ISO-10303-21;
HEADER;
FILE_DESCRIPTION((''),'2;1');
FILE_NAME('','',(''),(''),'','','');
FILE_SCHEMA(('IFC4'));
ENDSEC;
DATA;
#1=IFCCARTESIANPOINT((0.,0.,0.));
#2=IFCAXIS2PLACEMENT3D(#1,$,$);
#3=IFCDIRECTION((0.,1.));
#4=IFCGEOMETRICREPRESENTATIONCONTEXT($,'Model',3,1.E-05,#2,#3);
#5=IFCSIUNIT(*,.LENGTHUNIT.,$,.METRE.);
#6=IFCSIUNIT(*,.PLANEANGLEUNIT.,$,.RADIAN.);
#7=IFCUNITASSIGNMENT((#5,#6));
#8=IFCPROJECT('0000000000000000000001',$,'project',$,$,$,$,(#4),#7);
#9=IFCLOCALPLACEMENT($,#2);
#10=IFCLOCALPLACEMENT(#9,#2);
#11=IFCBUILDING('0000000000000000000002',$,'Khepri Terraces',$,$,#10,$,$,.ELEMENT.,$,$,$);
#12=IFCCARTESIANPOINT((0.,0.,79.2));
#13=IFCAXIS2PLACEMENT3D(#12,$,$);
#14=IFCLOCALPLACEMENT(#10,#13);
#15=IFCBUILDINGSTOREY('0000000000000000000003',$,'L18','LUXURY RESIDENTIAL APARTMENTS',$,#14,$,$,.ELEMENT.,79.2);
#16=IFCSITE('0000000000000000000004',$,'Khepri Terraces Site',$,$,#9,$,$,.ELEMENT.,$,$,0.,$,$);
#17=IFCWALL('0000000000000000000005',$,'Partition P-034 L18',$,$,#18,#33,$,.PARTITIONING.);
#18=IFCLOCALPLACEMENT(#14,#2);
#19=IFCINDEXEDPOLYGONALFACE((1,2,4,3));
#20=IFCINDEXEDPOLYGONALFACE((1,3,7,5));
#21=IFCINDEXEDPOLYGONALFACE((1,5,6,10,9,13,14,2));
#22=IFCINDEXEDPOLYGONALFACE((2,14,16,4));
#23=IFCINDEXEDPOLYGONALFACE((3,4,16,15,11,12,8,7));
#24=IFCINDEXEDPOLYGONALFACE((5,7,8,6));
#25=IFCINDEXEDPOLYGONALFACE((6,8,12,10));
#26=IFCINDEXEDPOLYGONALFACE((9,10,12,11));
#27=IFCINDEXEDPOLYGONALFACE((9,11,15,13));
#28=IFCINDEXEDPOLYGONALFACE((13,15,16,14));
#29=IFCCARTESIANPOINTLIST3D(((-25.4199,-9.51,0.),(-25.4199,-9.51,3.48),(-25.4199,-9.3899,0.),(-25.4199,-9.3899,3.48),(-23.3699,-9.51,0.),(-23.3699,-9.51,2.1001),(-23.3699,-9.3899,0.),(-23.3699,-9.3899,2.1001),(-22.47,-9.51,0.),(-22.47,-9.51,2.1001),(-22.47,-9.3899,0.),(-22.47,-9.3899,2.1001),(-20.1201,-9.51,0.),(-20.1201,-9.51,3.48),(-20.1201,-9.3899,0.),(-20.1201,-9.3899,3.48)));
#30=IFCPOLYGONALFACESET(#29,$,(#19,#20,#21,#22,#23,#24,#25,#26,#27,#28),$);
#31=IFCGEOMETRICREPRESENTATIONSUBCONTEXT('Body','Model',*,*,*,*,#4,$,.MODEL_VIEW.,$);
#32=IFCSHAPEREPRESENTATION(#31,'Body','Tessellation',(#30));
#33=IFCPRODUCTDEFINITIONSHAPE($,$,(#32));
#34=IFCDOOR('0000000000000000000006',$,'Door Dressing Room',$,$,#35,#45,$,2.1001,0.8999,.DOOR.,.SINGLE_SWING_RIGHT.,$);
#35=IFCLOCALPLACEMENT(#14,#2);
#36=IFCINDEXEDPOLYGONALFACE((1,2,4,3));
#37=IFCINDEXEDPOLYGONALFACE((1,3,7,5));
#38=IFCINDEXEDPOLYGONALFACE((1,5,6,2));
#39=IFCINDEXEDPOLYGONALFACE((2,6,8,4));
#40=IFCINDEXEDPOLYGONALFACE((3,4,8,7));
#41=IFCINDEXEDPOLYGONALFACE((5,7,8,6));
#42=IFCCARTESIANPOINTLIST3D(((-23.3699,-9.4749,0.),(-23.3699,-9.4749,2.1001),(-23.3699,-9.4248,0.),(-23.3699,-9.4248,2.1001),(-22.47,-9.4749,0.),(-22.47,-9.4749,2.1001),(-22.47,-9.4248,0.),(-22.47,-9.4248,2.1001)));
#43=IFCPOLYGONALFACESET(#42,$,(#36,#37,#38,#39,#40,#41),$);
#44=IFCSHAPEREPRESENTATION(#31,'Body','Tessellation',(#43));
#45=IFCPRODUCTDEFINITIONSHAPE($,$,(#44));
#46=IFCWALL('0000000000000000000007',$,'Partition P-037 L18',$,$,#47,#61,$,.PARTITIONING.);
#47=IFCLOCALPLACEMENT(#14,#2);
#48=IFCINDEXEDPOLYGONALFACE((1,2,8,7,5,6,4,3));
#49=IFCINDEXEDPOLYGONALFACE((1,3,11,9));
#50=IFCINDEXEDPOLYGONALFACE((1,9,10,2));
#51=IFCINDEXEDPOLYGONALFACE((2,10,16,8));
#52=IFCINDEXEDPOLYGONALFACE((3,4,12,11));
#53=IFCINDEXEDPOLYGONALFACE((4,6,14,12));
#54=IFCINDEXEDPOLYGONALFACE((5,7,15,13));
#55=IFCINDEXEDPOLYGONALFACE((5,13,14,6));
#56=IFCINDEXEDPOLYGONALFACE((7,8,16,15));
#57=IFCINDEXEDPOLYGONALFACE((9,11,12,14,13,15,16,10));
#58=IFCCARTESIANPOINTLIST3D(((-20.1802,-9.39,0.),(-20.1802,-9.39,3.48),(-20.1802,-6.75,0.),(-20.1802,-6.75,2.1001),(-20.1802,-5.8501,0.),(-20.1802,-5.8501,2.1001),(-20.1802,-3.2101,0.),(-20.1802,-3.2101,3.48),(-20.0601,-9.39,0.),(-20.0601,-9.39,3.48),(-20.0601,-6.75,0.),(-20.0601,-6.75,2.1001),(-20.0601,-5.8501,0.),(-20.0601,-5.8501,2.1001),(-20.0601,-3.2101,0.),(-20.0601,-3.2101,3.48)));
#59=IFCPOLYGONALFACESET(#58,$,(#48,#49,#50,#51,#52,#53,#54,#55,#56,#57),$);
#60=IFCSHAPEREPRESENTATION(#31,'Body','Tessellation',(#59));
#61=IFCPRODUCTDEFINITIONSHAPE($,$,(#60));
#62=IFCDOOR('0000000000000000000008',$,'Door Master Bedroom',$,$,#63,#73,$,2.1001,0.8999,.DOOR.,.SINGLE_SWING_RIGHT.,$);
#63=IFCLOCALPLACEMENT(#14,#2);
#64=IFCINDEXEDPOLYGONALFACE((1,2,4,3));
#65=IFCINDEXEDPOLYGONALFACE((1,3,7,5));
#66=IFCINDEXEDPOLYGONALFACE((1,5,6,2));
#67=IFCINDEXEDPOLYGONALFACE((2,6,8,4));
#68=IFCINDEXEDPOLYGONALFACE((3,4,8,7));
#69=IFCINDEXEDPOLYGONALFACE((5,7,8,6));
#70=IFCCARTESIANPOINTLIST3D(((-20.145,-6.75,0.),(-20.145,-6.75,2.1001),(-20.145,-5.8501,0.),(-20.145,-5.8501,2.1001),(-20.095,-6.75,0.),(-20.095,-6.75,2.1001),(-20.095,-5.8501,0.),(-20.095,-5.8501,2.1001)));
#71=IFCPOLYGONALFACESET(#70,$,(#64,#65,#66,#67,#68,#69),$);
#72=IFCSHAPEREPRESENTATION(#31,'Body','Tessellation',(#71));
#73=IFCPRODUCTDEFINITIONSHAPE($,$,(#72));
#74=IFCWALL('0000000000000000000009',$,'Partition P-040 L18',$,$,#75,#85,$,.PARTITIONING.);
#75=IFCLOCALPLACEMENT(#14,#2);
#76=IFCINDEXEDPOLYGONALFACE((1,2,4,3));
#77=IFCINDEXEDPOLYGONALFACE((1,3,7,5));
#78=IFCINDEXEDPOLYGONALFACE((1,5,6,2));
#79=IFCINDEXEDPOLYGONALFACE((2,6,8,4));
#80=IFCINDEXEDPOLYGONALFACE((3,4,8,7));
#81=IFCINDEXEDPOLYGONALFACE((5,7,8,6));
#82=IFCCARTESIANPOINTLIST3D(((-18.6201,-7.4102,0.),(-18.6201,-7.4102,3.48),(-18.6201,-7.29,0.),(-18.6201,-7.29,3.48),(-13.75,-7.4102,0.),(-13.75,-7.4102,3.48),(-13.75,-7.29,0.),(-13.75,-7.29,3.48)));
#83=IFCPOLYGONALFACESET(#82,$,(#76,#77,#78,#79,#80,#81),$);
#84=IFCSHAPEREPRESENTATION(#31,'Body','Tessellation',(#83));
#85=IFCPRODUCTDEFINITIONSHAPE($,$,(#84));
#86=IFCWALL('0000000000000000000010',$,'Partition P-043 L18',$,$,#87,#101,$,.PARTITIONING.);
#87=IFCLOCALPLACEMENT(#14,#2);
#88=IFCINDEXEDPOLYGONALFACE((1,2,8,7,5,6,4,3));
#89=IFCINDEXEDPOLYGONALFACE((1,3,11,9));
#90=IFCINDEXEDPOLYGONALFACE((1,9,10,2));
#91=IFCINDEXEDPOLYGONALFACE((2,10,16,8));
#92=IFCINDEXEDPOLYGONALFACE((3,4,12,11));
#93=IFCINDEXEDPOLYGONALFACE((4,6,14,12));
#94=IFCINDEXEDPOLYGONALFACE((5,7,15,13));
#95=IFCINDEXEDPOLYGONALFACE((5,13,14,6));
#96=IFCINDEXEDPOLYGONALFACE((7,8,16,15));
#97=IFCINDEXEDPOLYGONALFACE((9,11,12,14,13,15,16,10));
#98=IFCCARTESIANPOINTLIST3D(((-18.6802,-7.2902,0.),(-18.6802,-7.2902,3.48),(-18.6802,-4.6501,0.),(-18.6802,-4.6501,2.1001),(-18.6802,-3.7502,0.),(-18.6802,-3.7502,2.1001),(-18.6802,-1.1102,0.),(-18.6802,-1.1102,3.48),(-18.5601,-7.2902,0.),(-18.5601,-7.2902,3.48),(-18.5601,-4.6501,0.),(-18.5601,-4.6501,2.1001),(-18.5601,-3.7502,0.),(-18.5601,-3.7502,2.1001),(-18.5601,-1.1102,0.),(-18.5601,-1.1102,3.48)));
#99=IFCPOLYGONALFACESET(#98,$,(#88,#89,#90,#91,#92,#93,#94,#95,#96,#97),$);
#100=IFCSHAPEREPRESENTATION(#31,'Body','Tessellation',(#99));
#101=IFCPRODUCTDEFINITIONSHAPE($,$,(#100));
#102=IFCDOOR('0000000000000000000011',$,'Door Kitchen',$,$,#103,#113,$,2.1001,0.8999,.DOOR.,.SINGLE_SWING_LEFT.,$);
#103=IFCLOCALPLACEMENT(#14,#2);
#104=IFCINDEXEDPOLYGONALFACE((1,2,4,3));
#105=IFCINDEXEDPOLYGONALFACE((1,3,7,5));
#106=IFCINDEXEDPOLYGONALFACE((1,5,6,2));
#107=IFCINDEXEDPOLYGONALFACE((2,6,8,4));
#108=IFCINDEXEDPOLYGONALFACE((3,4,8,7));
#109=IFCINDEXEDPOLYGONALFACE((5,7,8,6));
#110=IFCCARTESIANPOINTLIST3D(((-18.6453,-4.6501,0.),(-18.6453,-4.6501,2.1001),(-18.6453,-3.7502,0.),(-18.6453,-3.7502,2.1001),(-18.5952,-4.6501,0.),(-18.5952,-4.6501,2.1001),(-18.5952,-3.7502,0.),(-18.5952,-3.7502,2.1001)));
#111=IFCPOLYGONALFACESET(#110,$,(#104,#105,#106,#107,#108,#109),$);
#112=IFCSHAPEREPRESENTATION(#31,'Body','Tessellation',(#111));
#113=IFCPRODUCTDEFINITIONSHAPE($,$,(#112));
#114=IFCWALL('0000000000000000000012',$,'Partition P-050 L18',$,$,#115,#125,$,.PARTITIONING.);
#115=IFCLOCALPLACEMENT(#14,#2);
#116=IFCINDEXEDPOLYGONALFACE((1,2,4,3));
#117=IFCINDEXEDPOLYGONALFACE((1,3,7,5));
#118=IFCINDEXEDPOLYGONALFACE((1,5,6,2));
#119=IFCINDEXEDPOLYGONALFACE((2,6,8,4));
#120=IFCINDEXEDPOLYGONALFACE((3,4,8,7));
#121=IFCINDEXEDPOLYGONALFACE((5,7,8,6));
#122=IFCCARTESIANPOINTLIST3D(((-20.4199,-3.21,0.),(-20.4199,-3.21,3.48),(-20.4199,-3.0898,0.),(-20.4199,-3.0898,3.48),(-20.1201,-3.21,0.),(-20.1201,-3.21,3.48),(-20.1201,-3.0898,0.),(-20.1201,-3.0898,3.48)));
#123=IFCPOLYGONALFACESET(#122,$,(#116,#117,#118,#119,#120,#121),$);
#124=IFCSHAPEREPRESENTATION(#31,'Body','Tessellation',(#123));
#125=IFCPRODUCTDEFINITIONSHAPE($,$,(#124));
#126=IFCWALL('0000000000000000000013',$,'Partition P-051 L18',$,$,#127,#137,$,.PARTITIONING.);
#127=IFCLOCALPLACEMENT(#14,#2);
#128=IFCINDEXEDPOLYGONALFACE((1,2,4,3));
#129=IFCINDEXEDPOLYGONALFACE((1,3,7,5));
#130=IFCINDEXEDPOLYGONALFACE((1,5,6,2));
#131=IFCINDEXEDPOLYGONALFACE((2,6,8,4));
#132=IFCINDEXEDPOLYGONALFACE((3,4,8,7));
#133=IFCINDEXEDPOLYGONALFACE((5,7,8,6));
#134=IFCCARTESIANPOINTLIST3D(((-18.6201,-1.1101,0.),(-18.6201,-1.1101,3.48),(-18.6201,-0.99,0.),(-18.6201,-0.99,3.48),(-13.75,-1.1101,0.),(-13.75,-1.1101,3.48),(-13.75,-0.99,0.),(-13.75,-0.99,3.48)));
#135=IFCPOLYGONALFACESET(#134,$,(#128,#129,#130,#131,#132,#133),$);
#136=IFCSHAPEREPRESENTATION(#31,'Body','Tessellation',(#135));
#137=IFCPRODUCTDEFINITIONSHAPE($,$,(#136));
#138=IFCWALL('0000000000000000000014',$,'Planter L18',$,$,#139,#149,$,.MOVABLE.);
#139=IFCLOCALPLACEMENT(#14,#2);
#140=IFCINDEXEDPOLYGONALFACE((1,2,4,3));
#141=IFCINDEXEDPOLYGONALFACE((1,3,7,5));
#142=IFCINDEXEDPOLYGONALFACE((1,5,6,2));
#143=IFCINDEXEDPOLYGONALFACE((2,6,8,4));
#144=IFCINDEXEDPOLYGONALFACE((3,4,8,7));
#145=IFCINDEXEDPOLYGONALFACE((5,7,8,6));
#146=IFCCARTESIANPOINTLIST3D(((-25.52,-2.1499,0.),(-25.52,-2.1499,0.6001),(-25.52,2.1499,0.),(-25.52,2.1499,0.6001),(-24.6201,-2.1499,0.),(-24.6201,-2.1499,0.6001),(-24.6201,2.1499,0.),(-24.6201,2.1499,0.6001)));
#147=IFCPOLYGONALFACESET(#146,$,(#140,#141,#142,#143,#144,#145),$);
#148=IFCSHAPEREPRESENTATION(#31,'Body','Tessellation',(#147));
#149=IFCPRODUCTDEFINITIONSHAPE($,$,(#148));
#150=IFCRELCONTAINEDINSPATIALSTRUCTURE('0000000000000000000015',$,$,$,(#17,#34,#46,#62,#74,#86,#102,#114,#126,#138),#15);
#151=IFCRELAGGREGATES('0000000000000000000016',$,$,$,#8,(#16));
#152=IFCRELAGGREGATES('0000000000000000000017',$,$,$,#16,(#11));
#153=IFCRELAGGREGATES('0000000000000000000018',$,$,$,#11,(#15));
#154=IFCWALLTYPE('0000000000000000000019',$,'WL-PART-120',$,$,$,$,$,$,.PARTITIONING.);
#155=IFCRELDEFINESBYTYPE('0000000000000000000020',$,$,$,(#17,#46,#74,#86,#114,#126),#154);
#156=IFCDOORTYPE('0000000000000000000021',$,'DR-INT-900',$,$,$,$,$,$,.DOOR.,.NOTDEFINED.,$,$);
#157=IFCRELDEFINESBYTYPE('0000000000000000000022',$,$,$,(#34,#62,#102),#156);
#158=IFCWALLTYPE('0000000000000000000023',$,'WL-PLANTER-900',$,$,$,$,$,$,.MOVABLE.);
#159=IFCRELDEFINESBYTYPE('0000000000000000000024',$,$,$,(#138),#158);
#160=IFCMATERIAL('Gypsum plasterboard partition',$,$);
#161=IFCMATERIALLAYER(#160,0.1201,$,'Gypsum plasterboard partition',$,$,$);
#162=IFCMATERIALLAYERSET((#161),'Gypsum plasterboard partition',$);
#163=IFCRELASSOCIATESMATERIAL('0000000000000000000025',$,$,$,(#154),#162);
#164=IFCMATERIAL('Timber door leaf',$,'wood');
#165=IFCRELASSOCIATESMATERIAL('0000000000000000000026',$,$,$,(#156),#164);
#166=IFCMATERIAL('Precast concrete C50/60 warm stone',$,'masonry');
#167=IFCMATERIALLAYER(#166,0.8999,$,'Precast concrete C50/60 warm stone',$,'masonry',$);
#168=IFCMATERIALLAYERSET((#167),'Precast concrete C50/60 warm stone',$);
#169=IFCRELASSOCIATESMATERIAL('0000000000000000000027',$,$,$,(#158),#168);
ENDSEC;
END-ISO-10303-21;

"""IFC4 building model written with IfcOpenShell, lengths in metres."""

from ifc_helpers import new_model, si_unit, direction, frame, frame_2d, origin, place, context, subcontext, project, spatial, rectangle, extrude, material, layer, layer_set, type_object, element, fill, save


model = new_model("IFC4")

# Units and contexts
model_context = context("Model", 3, precision=1e-05, world=origin(), true_north=direction((0.0, 1.0)))
body_context = subcontext(model_context, "Body", "Model", "MODEL_VIEW")
ifc_project = project(units=[si_unit("LENGTHUNIT", "METRE"), si_unit("PLANEANGLEUNIT", "RADIAN")], contexts=[model_context])

# Site, building, storey
site_placement = place(None, origin())
site = spatial("IfcSite", under=ifc_project, at=site_placement, Name="Khepri Terraces Site", CompositionType="ELEMENT", RefElevation=0.0)
building_placement = place(site_placement, origin())
building = spatial("IfcBuilding", under=site, at=building_placement, Name="Khepri Terraces", CompositionType="ELEMENT")
storey_placement = place(building_placement, frame((0.0, 0.0, 79.2)))
storey = spatial("IfcBuildingStorey", under=building, at=storey_placement, Name="L18", Description="LUXURY RESIDENTIAL APARTMENTS", CompositionType="ELEMENT", Elevation=79.2)

# Shared definitions
ifc_material_1 = material(Name="Precast concrete C50/60 warm stone", Category="masonry")

# Shared definitions
ifc_material_2 = material(Name="Gypsum plasterboard partition")
ifc_layer_1 = layer(ifc_material_2, 0.1201, Name="Gypsum plasterboard partition")
ifc_layer_set_1 = layer_set([ifc_layer_1], Name="Gypsum plasterboard partition")
wall_type_1 = type_object("IfcWallType", Name="WL-PART-120", PredefinedType="PARTITIONING", material=ifc_layer_set_1)

# Walls, openings, doors
wall_1_placement = place(storey_placement, frame((-25.4199, -9.45, 0.0), z_axis=(0.0, 0.0, 1.0), x_axis=(1.0, 0.0, 0.0)))
wall_1 = element("IfcWall", 1, at=wall_1_placement, inside=storey, type_object=wall_type_1, Name="Partition P-034 L18", PredefinedType="PARTITIONING", context=body_context, shape_type="SweptSolid", body=[
    extrude(rectangle(XDim=5.2998, YDim=0.1201, at=frame_2d((2.6499, 0.0))), origin(), (0.0, 0.0, 1.0), 3.48),
])
opening_1_placement = place(wall_1_placement, frame((2.05, 0.0, 0.0)))
opening_1 = element("IfcOpeningElement", 2, at=opening_1_placement, cuts=wall_1, PredefinedType="OPENING", context=body_context, shape_type="SweptSolid", body=[
    extrude(rectangle(XDim=0.8999, YDim=2.1001, at=frame_2d((0.45, 1.05))), frame((0.0, 0.0701, 0.0), z_axis=(0.0, -1.0, 0.0), x_axis=(1.0, 0.0, 0.0)), (0.0, 0.0, 1.0), 0.1401),
])
ifc_material_3 = material(Name="Timber door leaf", Category="wood")
door_type_1 = type_object("IfcDoorType", Name="DR-INT-900", OperationType="NOTDEFINED", PredefinedType="DOOR", material=ifc_material_3)
door_1_placement = place(opening_1_placement, frame((0.8999, 0.0, 0.0), z_axis=(0.0, 0.0, 1.0), x_axis=(-1.0, 0.0, 0.0)))
door_1 = element("IfcDoor", 3, at=door_1_placement, inside=storey, type_object=door_type_1, Name="Door Dressing Room", OperationType="SINGLE_SWING_RIGHT", OverallHeight=2.1001, OverallWidth=0.8999, PredefinedType="DOOR", context=body_context, shape_type="SweptSolid", body=[
    extrude(rectangle(XDim=0.8999, YDim=2.1001, at=frame_2d((0.45, 1.05))), frame((0.0, 0.0249, 0.0), z_axis=(0.0, -1.0, 0.0), x_axis=(1.0, 0.0, 0.0)), (0.0, 0.0, 1.0), 0.05),
])
fill(opening_1, door_1)
wall_2_placement = place(storey_placement, frame((-20.1201, -9.3899, 0.0), z_axis=(0.0, 0.0, 1.0), x_axis=(0.0, 1.0, 0.0)))
wall_2 = element("IfcWall", 4, at=wall_2_placement, inside=storey, type_object=wall_type_1, Name="Partition P-037 L18", PredefinedType="PARTITIONING", context=body_context, shape_type="SweptSolid", body=[
    extrude(rectangle(XDim=6.1799, YDim=0.1201, at=frame_2d((3.0898, 0.0))), origin(), (0.0, 0.0, 1.0), 3.48),
])
opening_2_placement = place(wall_2_placement, frame((2.6399, 0.0, 0.0)))
opening_2 = element("IfcOpeningElement", 5, at=opening_2_placement, cuts=wall_2, PredefinedType="OPENING", context=body_context, shape_type="SweptSolid", body=[
    extrude(rectangle(XDim=0.8999, YDim=2.1001, at=frame_2d((0.45, 1.05))), frame((0.0, 0.0701, 0.0), z_axis=(0.0, -1.0, 0.0), x_axis=(1.0, 0.0, 0.0)), (0.0, 0.0, 1.0), 0.1401),
])
door_2_placement = place(opening_2_placement, origin())
door_2 = element("IfcDoor", 6, at=door_2_placement, inside=storey, type_object=door_type_1, Name="Door Master Bedroom", OperationType="SINGLE_SWING_RIGHT", OverallHeight=2.1001, OverallWidth=0.8999, PredefinedType="DOOR", context=body_context, shape_type="SweptSolid", body=[
    extrude(rectangle(XDim=0.8999, YDim=2.1001, at=frame_2d((0.45, 1.05))), frame((0.0, 0.0249, 0.0), z_axis=(0.0, -1.0, 0.0), x_axis=(1.0, 0.0, 0.0)), (0.0, 0.0, 1.0), 0.05),
])
fill(opening_2, door_2)

# Wall
wall_3_placement = place(storey_placement, frame((-18.6201, -7.3501, 0.0), z_axis=(0.0, 0.0, 1.0), x_axis=(1.0, 0.0, 0.0)))
element("IfcWall", 7, at=wall_3_placement, inside=storey, type_object=wall_type_1, Name="Partition P-040 L18", PredefinedType="PARTITIONING", context=body_context, shape_type="SweptSolid", body=[
    extrude(rectangle(XDim=4.8701, YDim=0.1201, at=frame_2d((2.4351, 0.0))), origin(), (0.0, 0.0, 1.0), 3.48),
])

# Wall, opening, door
wall_4_placement = place(storey_placement, frame((-18.6201, -7.29, 0.0), z_axis=(0.0, 0.0, 1.0), x_axis=(0.0, 1.0, 0.0)))
wall_4 = element("IfcWall", 8, at=wall_4_placement, inside=storey, type_object=wall_type_1, Name="Partition P-043 L18", PredefinedType="PARTITIONING", context=body_context, shape_type="SweptSolid", body=[
    extrude(rectangle(XDim=6.1799, YDim=0.1201, at=frame_2d((3.0898, 0.0))), origin(), (0.0, 0.0, 1.0), 3.48),
])
opening_3_placement = place(wall_4_placement, frame((2.6399, 0.0, 0.0)))
opening_3 = element("IfcOpeningElement", 9, at=opening_3_placement, cuts=wall_4, PredefinedType="OPENING", context=body_context, shape_type="SweptSolid", body=[
    extrude(rectangle(XDim=0.8999, YDim=2.1001, at=frame_2d((0.45, 1.05))), frame((0.0, 0.0701, 0.0), z_axis=(0.0, -1.0, 0.0), x_axis=(1.0, 0.0, 0.0)), (0.0, 0.0, 1.0), 0.1401),
])
door_3_placement = place(opening_3_placement, frame((0.8999, 0.0, 0.0), z_axis=(0.0, 0.0, 1.0), x_axis=(-1.0, 0.0, 0.0)))
door_3 = element("IfcDoor", 10, at=door_3_placement, inside=storey, type_object=door_type_1, Name="Door Kitchen", OperationType="SINGLE_SWING_LEFT", OverallHeight=2.1001, OverallWidth=0.8999, PredefinedType="DOOR", context=body_context, shape_type="SweptSolid", body=[
    extrude(rectangle(XDim=0.8999, YDim=2.1001, at=frame_2d((0.45, 1.05))), frame((0.0, 0.0249, 0.0), z_axis=(0.0, -1.0, 0.0), x_axis=(1.0, 0.0, 0.0)), (0.0, 0.0, 1.0), 0.05),
])
fill(opening_3, door_3)

# Walls
wall_5_placement = place(storey_placement, frame((-20.4199, -3.1499, 0.0), z_axis=(0.0, 0.0, 1.0), x_axis=(1.0, 0.0, 0.0)))
element("IfcWall", 11, at=wall_5_placement, inside=storey, type_object=wall_type_1, Name="Partition P-050 L18", PredefinedType="PARTITIONING", context=body_context, shape_type="SweptSolid", body=[
    extrude(rectangle(XDim=0.2998, YDim=0.1201, at=frame_2d((0.1499, 0.0))), origin(), (0.0, 0.0, 1.0), 3.48),
])
wall_6_placement = place(storey_placement, frame((-18.6201, -1.05, 0.0), z_axis=(0.0, 0.0, 1.0), x_axis=(1.0, 0.0, 0.0)))
element("IfcWall", 12, at=wall_6_placement, inside=storey, type_object=wall_type_1, Name="Partition P-051 L18", PredefinedType="PARTITIONING", context=body_context, shape_type="SweptSolid", body=[
    extrude(rectangle(XDim=4.8701, YDim=0.1201, at=frame_2d((2.4351, 0.0))), origin(), (0.0, 0.0, 1.0), 3.48),
])
ifc_layer_2 = layer(ifc_material_1, 0.8999, Name="Precast concrete C50/60 warm stone", Category="masonry")
ifc_layer_set_2 = layer_set([ifc_layer_2], Name="Precast concrete C50/60 warm stone")
wall_type_2 = type_object("IfcWallType", Name="WL-PLANTER-900", PredefinedType="MOVABLE", material=ifc_layer_set_2)
wall_7_placement = place(storey_placement, frame((-25.0701, -2.1499, 0.0), z_axis=(0.0, 0.0, 1.0), x_axis=(0.0, 1.0, 0.0)))
element("IfcWall", 13, at=wall_7_placement, inside=storey, type_object=wall_type_2, Name="Planter L18", PredefinedType="MOVABLE", context=body_context, shape_type="SweptSolid", body=[
    extrude(rectangle(XDim=4.2998, YDim=0.8999, at=frame_2d((2.1499, 0.0))), origin(), (0.0, 0.0, 1.0), 0.6001),
])

save(model, "model.ifc")
